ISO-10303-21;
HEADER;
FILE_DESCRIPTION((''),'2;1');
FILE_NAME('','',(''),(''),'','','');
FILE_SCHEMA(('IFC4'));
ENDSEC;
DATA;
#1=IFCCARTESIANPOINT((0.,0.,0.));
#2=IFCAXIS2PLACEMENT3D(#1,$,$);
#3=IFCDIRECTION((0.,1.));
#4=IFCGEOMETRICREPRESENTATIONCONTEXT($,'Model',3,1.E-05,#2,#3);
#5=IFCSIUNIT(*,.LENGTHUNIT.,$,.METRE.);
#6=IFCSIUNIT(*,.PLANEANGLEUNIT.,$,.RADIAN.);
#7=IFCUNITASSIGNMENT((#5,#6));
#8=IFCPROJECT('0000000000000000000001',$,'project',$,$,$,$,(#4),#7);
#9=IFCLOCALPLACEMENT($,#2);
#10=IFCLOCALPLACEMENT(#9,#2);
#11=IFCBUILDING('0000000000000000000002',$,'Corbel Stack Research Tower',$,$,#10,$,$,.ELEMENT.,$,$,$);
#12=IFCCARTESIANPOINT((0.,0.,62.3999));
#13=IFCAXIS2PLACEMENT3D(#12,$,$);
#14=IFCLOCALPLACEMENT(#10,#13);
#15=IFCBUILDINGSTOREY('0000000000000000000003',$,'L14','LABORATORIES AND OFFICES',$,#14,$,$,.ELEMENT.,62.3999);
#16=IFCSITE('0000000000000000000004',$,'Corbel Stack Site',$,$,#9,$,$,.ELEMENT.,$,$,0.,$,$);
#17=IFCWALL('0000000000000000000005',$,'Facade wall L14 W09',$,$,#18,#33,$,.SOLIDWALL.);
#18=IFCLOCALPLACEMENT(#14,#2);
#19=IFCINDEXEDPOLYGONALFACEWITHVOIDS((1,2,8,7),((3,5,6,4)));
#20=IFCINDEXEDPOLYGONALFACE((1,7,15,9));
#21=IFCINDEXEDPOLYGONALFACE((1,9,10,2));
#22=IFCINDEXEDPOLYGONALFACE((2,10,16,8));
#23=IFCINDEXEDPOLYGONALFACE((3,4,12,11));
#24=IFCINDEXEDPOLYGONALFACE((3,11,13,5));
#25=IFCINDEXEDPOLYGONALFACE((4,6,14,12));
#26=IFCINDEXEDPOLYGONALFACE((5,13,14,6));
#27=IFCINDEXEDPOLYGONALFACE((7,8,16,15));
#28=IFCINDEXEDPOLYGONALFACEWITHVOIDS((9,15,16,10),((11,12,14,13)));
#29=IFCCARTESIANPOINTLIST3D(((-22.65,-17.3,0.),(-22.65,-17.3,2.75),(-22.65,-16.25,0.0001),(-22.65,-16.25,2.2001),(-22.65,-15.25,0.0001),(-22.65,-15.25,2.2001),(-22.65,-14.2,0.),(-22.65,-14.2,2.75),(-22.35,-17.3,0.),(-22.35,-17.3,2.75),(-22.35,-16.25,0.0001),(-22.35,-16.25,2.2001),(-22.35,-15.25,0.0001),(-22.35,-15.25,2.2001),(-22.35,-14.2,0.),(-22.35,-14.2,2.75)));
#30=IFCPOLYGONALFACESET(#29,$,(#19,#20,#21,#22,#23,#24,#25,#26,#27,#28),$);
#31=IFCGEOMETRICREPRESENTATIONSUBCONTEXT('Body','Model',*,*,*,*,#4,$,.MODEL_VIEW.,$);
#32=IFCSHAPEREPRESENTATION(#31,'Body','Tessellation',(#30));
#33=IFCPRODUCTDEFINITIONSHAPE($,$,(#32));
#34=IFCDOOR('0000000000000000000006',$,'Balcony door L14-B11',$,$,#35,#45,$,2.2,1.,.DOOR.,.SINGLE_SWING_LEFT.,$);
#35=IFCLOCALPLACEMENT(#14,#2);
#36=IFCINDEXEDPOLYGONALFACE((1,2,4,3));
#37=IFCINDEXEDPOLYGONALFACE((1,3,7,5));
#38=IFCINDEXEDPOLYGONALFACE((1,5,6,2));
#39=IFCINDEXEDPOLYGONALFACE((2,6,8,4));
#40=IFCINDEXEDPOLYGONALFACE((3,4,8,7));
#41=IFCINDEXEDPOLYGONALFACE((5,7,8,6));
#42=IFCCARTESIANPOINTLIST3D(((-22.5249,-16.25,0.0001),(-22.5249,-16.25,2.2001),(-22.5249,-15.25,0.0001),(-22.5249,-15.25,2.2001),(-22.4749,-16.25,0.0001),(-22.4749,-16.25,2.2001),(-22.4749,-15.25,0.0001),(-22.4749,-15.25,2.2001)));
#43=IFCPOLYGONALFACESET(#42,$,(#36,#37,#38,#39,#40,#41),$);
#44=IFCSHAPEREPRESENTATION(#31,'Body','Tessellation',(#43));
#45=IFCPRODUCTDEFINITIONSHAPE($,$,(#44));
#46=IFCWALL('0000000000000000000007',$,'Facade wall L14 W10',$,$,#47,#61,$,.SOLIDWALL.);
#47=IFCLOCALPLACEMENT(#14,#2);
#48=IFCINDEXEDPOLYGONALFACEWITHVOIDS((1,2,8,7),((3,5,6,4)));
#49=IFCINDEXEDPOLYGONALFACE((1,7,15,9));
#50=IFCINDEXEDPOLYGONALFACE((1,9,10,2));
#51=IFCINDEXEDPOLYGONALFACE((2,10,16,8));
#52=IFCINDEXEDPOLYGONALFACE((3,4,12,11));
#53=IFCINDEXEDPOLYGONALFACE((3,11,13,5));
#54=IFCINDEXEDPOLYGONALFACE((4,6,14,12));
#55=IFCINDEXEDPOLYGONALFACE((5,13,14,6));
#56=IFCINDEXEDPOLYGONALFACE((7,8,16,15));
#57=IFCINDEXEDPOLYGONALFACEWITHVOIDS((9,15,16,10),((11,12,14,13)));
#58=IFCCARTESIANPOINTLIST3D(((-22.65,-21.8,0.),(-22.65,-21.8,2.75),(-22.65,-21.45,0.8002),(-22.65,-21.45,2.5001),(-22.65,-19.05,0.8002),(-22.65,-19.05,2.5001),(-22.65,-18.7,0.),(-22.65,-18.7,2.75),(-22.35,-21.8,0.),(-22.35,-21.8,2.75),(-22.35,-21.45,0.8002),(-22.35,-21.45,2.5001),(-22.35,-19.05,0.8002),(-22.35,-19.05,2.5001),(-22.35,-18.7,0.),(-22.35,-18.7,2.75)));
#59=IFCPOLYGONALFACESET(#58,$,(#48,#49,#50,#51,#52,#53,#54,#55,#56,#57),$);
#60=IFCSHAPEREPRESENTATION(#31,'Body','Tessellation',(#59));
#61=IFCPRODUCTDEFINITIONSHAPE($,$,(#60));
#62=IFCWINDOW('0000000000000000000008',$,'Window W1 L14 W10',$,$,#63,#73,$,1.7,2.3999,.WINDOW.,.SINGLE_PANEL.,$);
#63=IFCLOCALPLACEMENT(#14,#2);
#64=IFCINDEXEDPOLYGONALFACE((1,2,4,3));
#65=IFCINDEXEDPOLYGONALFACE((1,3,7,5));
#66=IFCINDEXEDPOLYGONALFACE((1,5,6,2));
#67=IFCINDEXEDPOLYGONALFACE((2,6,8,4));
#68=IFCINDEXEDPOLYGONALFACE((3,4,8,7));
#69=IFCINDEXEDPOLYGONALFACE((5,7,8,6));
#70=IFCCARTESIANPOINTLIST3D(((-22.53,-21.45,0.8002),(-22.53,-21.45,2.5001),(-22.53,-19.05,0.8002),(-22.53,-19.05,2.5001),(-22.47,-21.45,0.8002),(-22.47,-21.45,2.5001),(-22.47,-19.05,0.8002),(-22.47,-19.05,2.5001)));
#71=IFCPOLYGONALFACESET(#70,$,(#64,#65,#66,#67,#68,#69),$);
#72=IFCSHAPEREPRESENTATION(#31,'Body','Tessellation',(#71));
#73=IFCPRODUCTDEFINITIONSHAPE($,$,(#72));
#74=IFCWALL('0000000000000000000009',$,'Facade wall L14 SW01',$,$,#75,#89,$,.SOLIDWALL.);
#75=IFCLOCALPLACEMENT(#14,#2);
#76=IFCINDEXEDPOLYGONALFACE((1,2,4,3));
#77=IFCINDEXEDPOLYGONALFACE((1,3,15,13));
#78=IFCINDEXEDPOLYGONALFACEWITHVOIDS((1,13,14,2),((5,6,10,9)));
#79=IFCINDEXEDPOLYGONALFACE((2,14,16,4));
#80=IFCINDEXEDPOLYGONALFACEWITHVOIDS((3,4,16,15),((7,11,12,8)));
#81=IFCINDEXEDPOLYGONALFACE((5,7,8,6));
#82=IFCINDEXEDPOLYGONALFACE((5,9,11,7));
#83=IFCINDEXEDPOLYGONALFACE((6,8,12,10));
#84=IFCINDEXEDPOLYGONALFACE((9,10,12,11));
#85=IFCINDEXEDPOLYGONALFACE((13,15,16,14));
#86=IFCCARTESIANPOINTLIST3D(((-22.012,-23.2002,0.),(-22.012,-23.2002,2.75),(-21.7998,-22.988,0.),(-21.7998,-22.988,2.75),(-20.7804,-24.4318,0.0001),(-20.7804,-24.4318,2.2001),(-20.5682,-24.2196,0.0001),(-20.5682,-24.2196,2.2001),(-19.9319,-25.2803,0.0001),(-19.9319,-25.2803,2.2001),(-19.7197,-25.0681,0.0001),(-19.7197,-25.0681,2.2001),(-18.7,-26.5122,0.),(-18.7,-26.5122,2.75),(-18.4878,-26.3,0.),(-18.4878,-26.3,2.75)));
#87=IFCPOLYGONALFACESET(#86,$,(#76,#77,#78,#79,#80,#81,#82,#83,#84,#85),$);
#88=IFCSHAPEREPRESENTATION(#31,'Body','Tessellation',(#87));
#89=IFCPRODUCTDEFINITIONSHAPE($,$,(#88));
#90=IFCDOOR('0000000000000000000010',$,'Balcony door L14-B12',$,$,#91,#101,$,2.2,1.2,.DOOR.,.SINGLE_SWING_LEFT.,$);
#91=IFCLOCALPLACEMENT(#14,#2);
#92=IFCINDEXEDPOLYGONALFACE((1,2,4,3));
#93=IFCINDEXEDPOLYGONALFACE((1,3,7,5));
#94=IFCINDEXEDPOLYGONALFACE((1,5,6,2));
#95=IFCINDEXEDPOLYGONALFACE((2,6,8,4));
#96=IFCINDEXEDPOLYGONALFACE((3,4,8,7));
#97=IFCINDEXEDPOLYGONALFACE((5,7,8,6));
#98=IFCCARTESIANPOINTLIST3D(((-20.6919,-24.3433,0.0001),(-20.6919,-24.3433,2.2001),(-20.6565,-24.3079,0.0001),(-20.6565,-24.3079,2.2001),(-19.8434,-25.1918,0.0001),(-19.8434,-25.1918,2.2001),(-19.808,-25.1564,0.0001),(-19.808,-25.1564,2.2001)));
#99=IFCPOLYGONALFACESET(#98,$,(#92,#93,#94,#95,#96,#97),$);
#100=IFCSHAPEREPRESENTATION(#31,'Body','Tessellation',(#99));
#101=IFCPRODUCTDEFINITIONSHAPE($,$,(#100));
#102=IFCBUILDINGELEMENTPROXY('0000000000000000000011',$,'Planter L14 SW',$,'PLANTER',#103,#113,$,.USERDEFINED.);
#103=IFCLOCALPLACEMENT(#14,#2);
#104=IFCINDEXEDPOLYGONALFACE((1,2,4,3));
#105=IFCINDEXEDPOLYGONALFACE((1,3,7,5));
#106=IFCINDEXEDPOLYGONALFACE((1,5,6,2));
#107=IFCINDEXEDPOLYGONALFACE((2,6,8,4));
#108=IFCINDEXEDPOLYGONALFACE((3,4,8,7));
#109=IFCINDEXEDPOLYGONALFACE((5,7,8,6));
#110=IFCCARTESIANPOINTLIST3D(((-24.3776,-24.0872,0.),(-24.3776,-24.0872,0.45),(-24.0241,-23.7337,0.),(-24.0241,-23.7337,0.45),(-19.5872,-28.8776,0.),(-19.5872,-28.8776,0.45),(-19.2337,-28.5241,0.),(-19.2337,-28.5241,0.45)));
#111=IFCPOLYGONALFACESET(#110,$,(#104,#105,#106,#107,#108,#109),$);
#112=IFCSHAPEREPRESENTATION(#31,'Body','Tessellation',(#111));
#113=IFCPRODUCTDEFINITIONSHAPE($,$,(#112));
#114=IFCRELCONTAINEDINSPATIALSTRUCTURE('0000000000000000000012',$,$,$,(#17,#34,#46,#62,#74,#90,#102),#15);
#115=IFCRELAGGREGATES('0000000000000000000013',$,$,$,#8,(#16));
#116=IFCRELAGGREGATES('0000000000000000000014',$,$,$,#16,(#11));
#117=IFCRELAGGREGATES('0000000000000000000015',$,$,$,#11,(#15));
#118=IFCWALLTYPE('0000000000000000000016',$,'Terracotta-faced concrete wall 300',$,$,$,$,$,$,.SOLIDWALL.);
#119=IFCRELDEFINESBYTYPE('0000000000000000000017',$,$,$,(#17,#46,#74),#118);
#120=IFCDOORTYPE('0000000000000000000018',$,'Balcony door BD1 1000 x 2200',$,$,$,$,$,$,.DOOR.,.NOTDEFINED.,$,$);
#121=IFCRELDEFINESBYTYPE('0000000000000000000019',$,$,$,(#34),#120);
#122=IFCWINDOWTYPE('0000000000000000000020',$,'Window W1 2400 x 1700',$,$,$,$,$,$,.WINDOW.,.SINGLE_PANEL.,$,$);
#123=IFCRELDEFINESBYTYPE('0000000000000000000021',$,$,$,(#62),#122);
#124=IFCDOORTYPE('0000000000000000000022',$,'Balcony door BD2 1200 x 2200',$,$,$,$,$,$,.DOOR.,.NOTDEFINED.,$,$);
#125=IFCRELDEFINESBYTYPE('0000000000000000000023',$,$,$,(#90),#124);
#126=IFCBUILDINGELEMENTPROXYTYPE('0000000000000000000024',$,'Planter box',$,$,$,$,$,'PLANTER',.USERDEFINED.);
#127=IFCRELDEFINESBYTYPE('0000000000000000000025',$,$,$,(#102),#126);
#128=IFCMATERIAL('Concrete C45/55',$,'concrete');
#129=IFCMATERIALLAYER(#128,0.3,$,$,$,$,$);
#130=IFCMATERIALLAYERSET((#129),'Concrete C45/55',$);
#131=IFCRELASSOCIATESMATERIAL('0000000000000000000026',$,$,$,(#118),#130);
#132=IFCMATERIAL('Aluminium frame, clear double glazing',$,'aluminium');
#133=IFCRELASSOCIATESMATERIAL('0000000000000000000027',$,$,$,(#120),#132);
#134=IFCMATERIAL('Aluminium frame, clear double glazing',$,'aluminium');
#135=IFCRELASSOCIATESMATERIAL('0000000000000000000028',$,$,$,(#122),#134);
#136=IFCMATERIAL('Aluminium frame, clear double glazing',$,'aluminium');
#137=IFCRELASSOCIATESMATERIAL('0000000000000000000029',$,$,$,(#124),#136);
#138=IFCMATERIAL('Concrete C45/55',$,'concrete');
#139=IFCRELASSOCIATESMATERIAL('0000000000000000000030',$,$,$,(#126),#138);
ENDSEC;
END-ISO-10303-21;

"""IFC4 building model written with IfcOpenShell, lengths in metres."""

from ifc_helpers import new_model, si_unit, direction, frame, frame_2d, origin, origin_2d, place, context, subcontext, project, spatial, rectangle, extrude, material, layer, layer_set, type_object, element, fill, save


model = new_model("IFC4")

# Units and contexts
model_context = context("Model", 3, precision=1e-05, world=origin(), true_north=direction((0.0, 1.0)))
body_context = subcontext(model_context, "Body", "Model", "MODEL_VIEW")
ifc_project = project(units=[si_unit("LENGTHUNIT", "METRE"), si_unit("PLANEANGLEUNIT", "RADIAN")], contexts=[model_context])

# Site, building, storey
site_placement = place(None, origin())
site = spatial("IfcSite", under=ifc_project, at=site_placement, Name="Corbel Stack Site", CompositionType="ELEMENT", RefElevation=0.0)
building_placement = place(site_placement, origin())
building = spatial("IfcBuilding", under=site, at=building_placement, Name="Corbel Stack Research Tower", CompositionType="ELEMENT")
storey_placement = place(building_placement, frame((0.0, 0.0, 62.3999)))
storey = spatial("IfcBuildingStorey", under=building, at=storey_placement, Name="L14", Description="LABORATORIES AND OFFICES", CompositionType="ELEMENT", Elevation=62.3999)

# Shared definitions
ifc_material_1 = material(Name="Concrete C45/55", Category="concrete")
ifc_layer_1 = layer(ifc_material_1, 0.3)
ifc_layer_set_1 = layer_set([ifc_layer_1], Name="Concrete C45/55")
wall_type_1 = type_object("IfcWallType", Name="Terracotta-faced concrete wall 300", PredefinedType="SOLIDWALL", material=ifc_layer_set_1)

# Wall, opening, door
wall_1_placement = place(storey_placement, frame((-22.5, -17.3, 0.0), z_axis=(0.0, 0.0, 1.0), x_axis=(0.0, 1.0, 0.0)))
wall_1 = element("IfcWall", 1, at=wall_1_placement, inside=storey, type_object=wall_type_1, Name="Facade wall L14 W09", PredefinedType="SOLIDWALL", context=body_context, shape_type="SweptSolid", body=[
    extrude(rectangle(XDim=3.1001, YDim=0.3, at=frame_2d((1.55, 0.0))), origin(), (0.0, 0.0, 1.0), 2.75),
])
opening_1_placement = place(wall_1_placement, frame((1.05, 0.0, 0.0)))
opening_1 = element("IfcOpeningElement", 2, at=opening_1_placement, cuts=wall_1, PredefinedType="OPENING", context=body_context, shape_type="SweptSolid", body=[
    extrude(rectangle(XDim=1.0, YDim=2.2, at=frame_2d((0.5, 1.1001))), frame((0.0, 0.1599, 0.0), z_axis=(0.0, -1.0, 0.0), x_axis=(1.0, 0.0, 0.0)), (0.0, 0.0, 1.0), 0.3201),
])
ifc_material_2 = material(Name="Aluminium frame, clear double glazing", Category="aluminium")
door_type_1 = type_object("IfcDoorType", Name="Balcony door BD1 1000 x 2200", OperationType="NOTDEFINED", PredefinedType="DOOR", material=ifc_material_2)
door_1_placement = place(opening_1_placement, origin())
door_1 = element("IfcDoor", 3, at=door_1_placement, inside=storey, type_object=door_type_1, Name="Balcony door L14-B11", OperationType="SINGLE_SWING_LEFT", OverallHeight=2.2, OverallWidth=1.0, PredefinedType="DOOR", context=body_context, shape_type="SweptSolid", body=[
    extrude(rectangle(XDim=1.0, YDim=2.2, at=frame_2d((0.5, 1.1001))), frame((0.0, 0.0249, 0.0), z_axis=(0.0, -1.0, 0.0), x_axis=(1.0, 0.0, 0.0)), (0.0, 0.0, 1.0), 0.05),
])
fill(opening_1, door_1)

# Wall, opening, window
wall_2_placement = place(storey_placement, frame((-22.5, -21.8, 0.0), z_axis=(0.0, 0.0, 1.0), x_axis=(0.0, 1.0, 0.0)))
wall_2 = element("IfcWall", 4, at=wall_2_placement, inside=storey, type_object=wall_type_1, Name="Facade wall L14 W10", PredefinedType="SOLIDWALL", context=body_context, shape_type="SweptSolid", body=[
    extrude(rectangle(XDim=3.1001, YDim=0.3, at=frame_2d((1.55, 0.0))), origin(), (0.0, 0.0, 1.0), 2.75),
])
opening_2_placement = place(wall_2_placement, frame((0.3501, 0.0, 0.8)))
opening_2 = element("IfcOpeningElement", 5, at=opening_2_placement, cuts=wall_2, PredefinedType="OPENING", context=body_context, shape_type="SweptSolid", body=[
    extrude(rectangle(XDim=2.3999, YDim=1.7, at=frame_2d((1.2, 0.8501))), frame((0.0, 0.1599, 0.0), z_axis=(0.0, -1.0, 0.0), x_axis=(1.0, 0.0, 0.0)), (0.0, 0.0, 1.0), 0.3201),
])
ifc_material_3 = material(Name="Aluminium frame, clear double glazing", Category="aluminium")
window_type_1 = type_object("IfcWindowType", Name="Window W1 2400 x 1700", PartitioningType="SINGLE_PANEL", PredefinedType="WINDOW", material=ifc_material_3)
window_1_placement = place(opening_2_placement, origin())
window_1 = element("IfcWindow", 6, at=window_1_placement, inside=storey, type_object=window_type_1, Name="Window W1 L14 W10", OverallHeight=1.7, OverallWidth=2.3999, PartitioningType="SINGLE_PANEL", PredefinedType="WINDOW", context=body_context, shape_type="SweptSolid", body=[
    extrude(rectangle(XDim=2.3999, YDim=1.7, at=frame_2d((1.2, 0.8501))), frame((0.0, 0.03, 0.0), z_axis=(0.0, -1.0, 0.0), x_axis=(1.0, 0.0, 0.0)), (0.0, 0.0, 1.0), 0.0601),
])
fill(opening_2, window_1)

# Wall, opening, door
wall_3_placement = place(storey_placement, frame((-18.594, -26.406, 0.0), z_axis=(0.0, 0.0, 1.0), x_axis=(-0.707107, 0.707107, 0.0)))
wall_3 = element("IfcWall", 7, at=wall_3_placement, inside=storey, type_object=wall_type_1, Name="Facade wall L14 SW01", PredefinedType="SOLIDWALL", context=body_context, shape_type="SweptSolid", body=[
    extrude(rectangle(XDim=4.6838, YDim=0.3, at=frame_2d((2.3418, 0.0))), origin(), (0.0, 0.0, 1.0), 2.75),
])
opening_3_placement = place(wall_3_placement, frame((1.7419, 0.0, 0.0)))
opening_3 = element("IfcOpeningElement", 8, at=opening_3_placement, cuts=wall_3, PredefinedType="OPENING", context=body_context, shape_type="SweptSolid", body=[
    extrude(rectangle(XDim=1.2, YDim=2.2, at=frame_2d((0.6001, 1.1001))), frame((0.0, 0.1599, 0.0), z_axis=(0.0, -1.0, 0.0), x_axis=(1.0, 0.0, 0.0)), (0.0, 0.0, 1.0), 0.3201),
])
ifc_material_4 = material(Name="Aluminium frame, clear double glazing", Category="aluminium")
door_type_2 = type_object("IfcDoorType", Name="Balcony door BD2 1200 x 2200", OperationType="NOTDEFINED", PredefinedType="DOOR", material=ifc_material_4)
door_2_placement = place(opening_3_placement, origin())
door_2 = element("IfcDoor", 9, at=door_2_placement, inside=storey, type_object=door_type_2, Name="Balcony door L14-B12", OperationType="SINGLE_SWING_LEFT", OverallHeight=2.2, OverallWidth=1.2, PredefinedType="DOOR", context=body_context, shape_type="SweptSolid", body=[
    extrude(rectangle(XDim=1.2, YDim=2.2, at=frame_2d((0.6001, 1.1001))), frame((0.0, 0.0249, 0.0), z_axis=(0.0, -1.0, 0.0), x_axis=(1.0, 0.0, 0.0)), (0.0, 0.0, 1.0), 0.05),
])
fill(opening_3, door_2)

# Building element proxy
ifc_material_5 = material(Name="Concrete C45/55", Category="concrete")
building_element_proxy_type = type_object("IfcBuildingElementProxyType", Name="Planter box", ElementType="PLANTER", PredefinedType="USERDEFINED", material=ifc_material_5)
proxy_placement = place(storey_placement, frame((-21.8057, -26.3057, 0.0), z_axis=(0.0, 0.0, 1.0), x_axis=(0.707107, -0.707107, 0.0)))
element("IfcBuildingElementProxy", 10, at=proxy_placement, inside=storey, type_object=building_element_proxy_type, Name="Planter L14 SW", ObjectType="PLANTER", PredefinedType="USERDEFINED", context=body_context, shape_type="SweptSolid", body=[
    extrude(rectangle(XDim=6.7747, YDim=0.5, at=origin_2d()), origin(), (0.0, 0.0, 1.0), 0.45),
])

save(model, "model.ifc")
